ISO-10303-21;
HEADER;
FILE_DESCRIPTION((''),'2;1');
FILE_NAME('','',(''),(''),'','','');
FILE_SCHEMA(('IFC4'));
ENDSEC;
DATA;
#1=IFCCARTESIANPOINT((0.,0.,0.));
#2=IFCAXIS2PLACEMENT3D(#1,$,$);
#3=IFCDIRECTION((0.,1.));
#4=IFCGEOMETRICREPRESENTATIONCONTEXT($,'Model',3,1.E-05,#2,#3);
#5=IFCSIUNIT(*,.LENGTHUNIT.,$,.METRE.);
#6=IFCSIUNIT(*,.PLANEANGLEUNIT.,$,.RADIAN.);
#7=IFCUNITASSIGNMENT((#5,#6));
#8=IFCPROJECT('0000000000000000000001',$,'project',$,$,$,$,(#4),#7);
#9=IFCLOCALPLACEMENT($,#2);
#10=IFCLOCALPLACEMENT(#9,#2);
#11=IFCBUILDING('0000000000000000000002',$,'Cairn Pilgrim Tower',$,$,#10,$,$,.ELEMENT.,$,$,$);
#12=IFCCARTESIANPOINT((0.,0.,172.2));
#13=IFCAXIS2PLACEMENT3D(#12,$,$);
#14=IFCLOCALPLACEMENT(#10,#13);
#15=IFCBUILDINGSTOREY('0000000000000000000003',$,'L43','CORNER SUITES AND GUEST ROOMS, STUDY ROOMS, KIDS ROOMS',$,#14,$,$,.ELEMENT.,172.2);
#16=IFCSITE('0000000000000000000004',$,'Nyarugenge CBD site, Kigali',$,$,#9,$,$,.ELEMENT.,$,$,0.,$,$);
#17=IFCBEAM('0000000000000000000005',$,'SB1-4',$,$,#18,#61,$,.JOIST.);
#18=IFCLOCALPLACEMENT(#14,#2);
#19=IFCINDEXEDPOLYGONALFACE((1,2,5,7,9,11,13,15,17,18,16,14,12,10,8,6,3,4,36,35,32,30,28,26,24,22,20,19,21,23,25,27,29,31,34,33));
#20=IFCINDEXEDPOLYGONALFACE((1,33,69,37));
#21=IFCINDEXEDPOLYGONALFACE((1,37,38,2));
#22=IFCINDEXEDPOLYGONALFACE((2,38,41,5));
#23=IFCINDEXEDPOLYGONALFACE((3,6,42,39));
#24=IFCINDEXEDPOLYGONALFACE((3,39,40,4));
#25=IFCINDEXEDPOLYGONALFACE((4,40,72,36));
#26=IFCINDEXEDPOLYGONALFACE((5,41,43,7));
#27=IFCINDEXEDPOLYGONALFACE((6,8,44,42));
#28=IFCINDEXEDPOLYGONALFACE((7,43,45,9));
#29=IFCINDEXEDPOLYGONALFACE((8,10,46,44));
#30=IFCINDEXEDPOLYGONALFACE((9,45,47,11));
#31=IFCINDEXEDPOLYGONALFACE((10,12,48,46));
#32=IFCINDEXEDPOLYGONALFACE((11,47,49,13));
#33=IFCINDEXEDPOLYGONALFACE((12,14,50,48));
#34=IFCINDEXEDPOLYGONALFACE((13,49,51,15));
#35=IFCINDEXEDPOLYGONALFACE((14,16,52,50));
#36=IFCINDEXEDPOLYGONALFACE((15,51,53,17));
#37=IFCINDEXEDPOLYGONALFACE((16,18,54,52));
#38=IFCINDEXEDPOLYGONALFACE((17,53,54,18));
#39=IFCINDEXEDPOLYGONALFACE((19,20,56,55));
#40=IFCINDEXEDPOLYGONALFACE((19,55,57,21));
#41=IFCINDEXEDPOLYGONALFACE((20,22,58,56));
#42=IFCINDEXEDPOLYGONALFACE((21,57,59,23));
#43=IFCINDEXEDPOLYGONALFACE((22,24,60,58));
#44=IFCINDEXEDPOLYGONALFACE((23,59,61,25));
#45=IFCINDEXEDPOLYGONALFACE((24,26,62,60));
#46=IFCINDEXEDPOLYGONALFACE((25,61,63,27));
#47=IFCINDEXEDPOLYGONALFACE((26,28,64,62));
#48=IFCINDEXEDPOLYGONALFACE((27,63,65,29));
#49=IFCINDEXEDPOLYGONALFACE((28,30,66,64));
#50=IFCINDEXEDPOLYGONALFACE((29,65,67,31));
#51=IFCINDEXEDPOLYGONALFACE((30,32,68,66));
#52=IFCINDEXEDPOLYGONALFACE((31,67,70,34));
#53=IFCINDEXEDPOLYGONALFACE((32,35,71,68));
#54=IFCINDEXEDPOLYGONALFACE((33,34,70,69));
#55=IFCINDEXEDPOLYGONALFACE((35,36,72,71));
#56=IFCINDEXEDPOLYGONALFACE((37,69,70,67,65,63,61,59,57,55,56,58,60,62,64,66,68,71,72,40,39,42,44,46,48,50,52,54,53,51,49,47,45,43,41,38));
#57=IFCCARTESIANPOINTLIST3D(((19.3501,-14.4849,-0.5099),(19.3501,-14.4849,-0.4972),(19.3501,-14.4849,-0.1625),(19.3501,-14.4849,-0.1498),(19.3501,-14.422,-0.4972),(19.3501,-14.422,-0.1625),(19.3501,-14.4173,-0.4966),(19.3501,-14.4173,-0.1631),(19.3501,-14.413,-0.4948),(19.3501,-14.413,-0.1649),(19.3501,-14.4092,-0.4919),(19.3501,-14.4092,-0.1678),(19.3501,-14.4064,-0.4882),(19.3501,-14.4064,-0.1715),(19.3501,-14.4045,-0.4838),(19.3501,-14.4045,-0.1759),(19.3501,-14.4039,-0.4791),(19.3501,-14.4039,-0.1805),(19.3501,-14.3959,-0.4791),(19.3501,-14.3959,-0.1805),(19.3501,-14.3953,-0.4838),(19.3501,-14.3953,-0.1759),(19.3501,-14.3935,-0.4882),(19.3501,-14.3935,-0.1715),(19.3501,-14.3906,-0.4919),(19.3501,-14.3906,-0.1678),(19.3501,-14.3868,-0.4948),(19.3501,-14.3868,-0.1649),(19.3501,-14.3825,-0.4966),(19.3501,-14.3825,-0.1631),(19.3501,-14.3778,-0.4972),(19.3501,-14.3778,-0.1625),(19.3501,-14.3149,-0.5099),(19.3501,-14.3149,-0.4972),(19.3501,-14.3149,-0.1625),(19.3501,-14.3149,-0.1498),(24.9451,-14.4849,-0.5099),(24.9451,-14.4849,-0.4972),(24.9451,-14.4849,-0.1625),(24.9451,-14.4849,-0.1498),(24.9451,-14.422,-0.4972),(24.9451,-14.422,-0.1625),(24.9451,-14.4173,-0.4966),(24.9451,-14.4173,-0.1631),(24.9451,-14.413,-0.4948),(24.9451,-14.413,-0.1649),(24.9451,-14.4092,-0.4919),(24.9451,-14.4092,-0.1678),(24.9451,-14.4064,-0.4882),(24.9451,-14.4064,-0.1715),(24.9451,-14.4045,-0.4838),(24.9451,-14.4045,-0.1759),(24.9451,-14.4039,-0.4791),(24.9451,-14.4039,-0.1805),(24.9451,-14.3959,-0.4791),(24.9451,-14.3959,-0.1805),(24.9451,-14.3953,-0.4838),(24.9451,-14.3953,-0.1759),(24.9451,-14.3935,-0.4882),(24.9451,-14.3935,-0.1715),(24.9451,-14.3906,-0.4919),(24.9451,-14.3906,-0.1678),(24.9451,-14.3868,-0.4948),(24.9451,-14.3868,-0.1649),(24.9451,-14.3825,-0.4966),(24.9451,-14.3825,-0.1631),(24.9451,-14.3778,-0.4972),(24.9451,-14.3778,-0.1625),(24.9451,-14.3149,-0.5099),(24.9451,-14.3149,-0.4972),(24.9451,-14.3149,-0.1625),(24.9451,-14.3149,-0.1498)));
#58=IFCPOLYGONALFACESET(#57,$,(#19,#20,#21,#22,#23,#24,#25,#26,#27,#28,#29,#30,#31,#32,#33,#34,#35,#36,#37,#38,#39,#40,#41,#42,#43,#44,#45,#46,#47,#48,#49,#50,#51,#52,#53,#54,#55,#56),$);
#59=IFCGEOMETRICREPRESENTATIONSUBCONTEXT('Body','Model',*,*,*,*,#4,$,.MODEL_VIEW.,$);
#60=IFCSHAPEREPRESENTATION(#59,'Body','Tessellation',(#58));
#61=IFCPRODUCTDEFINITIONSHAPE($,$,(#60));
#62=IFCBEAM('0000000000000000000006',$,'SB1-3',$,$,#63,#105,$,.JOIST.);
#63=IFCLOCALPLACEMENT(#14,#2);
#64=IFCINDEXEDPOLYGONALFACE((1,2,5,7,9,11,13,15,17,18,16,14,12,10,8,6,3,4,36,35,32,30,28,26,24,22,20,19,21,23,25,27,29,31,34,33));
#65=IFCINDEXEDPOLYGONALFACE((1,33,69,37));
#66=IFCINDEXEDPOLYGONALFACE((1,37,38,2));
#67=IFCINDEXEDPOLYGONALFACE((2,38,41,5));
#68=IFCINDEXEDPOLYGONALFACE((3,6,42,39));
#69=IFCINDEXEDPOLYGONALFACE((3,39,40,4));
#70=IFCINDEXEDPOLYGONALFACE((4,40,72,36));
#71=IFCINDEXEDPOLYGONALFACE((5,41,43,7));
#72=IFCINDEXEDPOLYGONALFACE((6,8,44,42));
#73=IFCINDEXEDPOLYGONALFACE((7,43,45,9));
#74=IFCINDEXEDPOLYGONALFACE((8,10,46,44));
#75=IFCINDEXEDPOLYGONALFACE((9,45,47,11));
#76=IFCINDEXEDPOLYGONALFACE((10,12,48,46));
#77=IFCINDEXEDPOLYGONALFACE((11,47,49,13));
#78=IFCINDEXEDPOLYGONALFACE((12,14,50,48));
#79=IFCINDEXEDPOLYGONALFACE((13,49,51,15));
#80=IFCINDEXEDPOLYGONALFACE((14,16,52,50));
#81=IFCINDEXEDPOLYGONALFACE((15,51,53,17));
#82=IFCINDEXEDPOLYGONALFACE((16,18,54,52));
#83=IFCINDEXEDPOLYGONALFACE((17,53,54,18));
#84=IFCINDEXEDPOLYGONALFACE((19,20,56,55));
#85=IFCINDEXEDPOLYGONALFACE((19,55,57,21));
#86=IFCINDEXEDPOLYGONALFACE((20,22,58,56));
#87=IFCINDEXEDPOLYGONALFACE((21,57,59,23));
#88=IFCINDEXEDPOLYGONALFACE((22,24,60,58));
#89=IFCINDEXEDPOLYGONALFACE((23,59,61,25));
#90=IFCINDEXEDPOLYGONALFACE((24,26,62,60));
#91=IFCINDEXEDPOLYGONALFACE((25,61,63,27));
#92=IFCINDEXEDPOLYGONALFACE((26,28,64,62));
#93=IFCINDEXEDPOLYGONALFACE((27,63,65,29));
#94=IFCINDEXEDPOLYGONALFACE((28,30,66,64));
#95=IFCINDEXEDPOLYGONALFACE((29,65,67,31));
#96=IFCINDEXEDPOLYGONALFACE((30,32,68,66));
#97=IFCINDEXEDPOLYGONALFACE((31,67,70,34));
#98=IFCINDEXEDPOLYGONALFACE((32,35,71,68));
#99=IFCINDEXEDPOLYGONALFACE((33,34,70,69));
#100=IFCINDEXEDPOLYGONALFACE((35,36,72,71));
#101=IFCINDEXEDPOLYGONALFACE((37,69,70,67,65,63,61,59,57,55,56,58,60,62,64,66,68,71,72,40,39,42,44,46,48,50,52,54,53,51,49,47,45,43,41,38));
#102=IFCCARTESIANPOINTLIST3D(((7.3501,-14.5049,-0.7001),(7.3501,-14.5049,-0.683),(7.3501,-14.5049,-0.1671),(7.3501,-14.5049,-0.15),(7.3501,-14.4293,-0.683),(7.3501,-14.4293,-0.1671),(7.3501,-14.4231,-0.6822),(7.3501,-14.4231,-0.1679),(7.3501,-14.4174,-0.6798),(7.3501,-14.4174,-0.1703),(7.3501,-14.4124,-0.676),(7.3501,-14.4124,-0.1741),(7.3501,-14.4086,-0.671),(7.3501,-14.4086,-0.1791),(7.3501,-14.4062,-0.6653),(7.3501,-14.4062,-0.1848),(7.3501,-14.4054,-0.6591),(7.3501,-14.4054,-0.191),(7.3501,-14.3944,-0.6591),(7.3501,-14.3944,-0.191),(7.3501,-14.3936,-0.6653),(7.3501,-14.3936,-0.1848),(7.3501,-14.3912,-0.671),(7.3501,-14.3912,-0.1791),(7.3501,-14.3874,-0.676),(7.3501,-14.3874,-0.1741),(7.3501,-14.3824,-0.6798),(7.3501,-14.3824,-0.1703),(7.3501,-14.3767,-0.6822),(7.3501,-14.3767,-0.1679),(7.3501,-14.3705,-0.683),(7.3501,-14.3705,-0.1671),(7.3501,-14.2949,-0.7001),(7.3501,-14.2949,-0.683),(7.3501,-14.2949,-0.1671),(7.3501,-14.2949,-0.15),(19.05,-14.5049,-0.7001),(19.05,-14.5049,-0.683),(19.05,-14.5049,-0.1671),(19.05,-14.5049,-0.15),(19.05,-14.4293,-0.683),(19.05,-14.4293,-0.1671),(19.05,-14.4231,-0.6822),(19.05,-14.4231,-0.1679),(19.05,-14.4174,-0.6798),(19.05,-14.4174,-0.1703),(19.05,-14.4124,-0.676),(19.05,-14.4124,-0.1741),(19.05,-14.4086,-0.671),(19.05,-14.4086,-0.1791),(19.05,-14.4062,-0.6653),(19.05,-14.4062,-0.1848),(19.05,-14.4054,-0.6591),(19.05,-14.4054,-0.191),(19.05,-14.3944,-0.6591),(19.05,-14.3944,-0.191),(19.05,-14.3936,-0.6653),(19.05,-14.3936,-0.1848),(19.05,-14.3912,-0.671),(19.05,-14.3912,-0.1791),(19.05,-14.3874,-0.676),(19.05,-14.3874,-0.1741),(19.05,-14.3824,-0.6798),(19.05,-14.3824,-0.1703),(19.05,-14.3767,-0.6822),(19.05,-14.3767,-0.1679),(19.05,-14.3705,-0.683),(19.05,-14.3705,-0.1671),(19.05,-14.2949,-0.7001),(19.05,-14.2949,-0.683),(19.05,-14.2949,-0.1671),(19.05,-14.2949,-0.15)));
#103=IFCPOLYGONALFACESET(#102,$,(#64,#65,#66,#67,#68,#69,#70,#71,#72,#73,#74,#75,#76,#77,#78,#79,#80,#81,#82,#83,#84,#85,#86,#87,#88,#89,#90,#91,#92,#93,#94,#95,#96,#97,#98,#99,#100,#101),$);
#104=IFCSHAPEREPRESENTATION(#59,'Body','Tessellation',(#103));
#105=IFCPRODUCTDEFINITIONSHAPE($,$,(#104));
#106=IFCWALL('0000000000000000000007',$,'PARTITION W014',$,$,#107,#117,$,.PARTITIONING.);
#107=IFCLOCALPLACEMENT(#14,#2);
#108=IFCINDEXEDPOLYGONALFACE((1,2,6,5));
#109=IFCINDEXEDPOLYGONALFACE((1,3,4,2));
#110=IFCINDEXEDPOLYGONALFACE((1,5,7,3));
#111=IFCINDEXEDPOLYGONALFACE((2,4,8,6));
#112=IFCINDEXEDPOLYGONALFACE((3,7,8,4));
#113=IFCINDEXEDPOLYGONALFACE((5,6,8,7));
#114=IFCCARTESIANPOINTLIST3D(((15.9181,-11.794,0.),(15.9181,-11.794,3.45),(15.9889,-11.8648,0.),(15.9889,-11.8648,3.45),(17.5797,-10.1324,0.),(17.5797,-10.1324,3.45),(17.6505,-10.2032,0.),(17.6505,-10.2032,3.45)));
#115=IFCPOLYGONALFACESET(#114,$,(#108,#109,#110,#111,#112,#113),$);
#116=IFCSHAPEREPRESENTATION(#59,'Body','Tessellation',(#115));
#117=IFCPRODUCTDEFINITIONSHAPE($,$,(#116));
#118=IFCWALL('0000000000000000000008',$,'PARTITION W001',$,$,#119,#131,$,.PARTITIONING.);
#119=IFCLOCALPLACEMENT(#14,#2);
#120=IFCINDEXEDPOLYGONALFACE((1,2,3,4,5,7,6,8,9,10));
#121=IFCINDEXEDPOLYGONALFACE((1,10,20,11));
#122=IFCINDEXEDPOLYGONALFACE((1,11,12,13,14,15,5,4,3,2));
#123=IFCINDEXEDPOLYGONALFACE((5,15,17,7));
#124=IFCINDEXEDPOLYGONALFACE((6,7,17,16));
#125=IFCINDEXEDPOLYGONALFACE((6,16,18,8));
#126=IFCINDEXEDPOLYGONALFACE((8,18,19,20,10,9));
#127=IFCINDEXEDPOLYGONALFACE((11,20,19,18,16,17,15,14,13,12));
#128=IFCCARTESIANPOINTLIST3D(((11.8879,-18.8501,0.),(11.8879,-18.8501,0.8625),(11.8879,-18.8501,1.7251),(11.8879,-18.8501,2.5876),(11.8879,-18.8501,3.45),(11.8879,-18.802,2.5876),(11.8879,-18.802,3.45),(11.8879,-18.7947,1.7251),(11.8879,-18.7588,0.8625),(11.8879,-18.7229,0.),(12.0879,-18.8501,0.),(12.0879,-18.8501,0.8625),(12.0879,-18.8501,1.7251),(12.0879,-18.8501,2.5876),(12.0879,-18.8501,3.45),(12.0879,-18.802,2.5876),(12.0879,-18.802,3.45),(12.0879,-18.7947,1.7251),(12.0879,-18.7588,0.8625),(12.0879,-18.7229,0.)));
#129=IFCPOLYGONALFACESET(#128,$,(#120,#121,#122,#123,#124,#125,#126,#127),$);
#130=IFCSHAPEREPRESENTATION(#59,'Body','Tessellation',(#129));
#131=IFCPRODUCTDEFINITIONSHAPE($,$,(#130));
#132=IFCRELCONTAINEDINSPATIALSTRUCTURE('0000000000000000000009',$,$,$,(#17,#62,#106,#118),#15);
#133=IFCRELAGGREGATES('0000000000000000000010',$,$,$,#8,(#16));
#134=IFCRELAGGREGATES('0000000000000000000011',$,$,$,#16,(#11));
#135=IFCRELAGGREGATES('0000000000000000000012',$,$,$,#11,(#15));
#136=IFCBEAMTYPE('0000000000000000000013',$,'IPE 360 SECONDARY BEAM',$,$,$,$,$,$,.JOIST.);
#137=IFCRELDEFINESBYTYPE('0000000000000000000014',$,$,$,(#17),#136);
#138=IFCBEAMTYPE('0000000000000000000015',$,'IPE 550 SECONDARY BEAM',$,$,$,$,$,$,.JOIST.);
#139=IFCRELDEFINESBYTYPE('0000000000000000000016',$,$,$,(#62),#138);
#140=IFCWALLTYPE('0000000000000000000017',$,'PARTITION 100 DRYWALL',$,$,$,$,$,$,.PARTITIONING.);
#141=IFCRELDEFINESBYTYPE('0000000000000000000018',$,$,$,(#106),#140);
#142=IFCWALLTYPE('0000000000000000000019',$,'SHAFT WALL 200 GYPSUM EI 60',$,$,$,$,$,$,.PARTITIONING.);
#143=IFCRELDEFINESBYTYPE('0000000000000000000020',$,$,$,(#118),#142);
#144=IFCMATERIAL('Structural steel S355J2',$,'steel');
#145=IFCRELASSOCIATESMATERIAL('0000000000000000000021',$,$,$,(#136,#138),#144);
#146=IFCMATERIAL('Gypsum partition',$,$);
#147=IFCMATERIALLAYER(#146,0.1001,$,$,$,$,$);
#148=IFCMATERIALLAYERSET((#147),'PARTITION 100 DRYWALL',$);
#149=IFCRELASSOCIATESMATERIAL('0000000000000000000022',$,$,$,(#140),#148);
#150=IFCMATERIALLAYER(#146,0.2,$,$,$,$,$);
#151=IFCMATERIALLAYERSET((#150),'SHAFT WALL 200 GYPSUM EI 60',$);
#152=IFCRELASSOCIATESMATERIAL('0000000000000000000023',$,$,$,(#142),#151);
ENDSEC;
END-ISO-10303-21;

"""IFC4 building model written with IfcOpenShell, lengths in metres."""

from ifc_helpers import new_model, si_unit, direction, frame, frame_2d, origin, origin_2d, place, context, subcontext, project, spatial, polyline, rectangle, i_section, outline, extrude, material, layer, layer_set, material_profile, profile_set, type_object, element, save


model = new_model("IFC4")

# Units and contexts
model_context = context("Model", 3, precision=1e-05, world=origin(), true_north=direction((0.0, 1.0)))
body_context = subcontext(model_context, "Body", "Model", "MODEL_VIEW")
ifc_project = project(units=[si_unit("LENGTHUNIT", "METRE"), si_unit("PLANEANGLEUNIT", "RADIAN")], contexts=[model_context])

# Site, building, storey
site_placement = place(None, origin())
site = spatial("IfcSite", under=ifc_project, at=site_placement, Name="Nyarugenge CBD site, Kigali", CompositionType="ELEMENT", RefElevation=0.0)
building_placement = place(site_placement, origin())
building = spatial("IfcBuilding", under=site, at=building_placement, Name="Cairn Pilgrim Tower", CompositionType="ELEMENT")
storey_placement = place(building_placement, frame((0.0, 0.0, 172.2)))
storey = spatial("IfcBuildingStorey", under=building, at=storey_placement, Name="L43", Description="CORNER SUITES AND GUEST ROOMS, STUDY ROOMS, KIDS ROOMS", CompositionType="ELEMENT", Elevation=172.2)

# Beams
ifc_material_1 = material(Name="Structural steel S355J2", Category="steel")
ifc_material_profile_1 = material_profile(ifc_material_1, i_section(OverallWidth=0.1699, OverallDepth=0.3601, WebThickness=0.0081, FlangeThickness=0.0127, FilletRadius=0.0181, at=origin_2d()), Name="IPE 360")
ifc_profile_set_1 = profile_set([ifc_material_profile_1], Name="Structural steel S355J2")
beam_type_1 = type_object("IfcBeamType", Name="IPE 360 SECONDARY BEAM", PredefinedType="JOIST", material=ifc_profile_set_1)
beam_1_placement = place(storey_placement, frame((19.3501, -14.3999, -0.3298), z_axis=(1.0, 0.0, 0.0), x_axis=(0.0, 1.0, 0.0)))
element("IfcBeam", 1, at=beam_1_placement, inside=storey, type_object=beam_type_1, Name="SB1-4", PredefinedType="JOIST", context=body_context, shape_type="SweptSolid", body=[
    extrude(i_section(OverallWidth=0.1699, OverallDepth=0.3601, WebThickness=0.0081, FlangeThickness=0.0127, FilletRadius=0.0181, at=origin_2d()), origin(), (0.0, 0.0, 1.0), 5.595),
])
ifc_material_profile_2 = material_profile(ifc_material_1, i_section(OverallWidth=0.21, OverallDepth=0.55, WebThickness=0.011, FlangeThickness=0.0171, FilletRadius=0.0239, at=origin_2d()), Name="IPE 550")
ifc_profile_set_2 = profile_set([ifc_material_profile_2], Name="Structural steel S355J2")
beam_type_2 = type_object("IfcBeamType", Name="IPE 550 SECONDARY BEAM", PredefinedType="JOIST", material=ifc_profile_set_2)
beam_2_placement = place(storey_placement, frame((7.3501, -14.3999, -0.425), z_axis=(1.0, 0.0, 0.0), x_axis=(0.0, 1.0, 0.0)))
element("IfcBeam", 2, at=beam_2_placement, inside=storey, type_object=beam_type_2, Name="SB1-3", PredefinedType="JOIST", context=body_context, shape_type="SweptSolid", body=[
    extrude(i_section(OverallWidth=0.21, OverallDepth=0.55, WebThickness=0.011, FlangeThickness=0.0171, FilletRadius=0.0239, at=origin_2d()), origin(), (0.0, 0.0, 1.0), 11.7),
])

# Walls
ifc_material_2 = material(Name="Gypsum partition")
ifc_layer_1 = layer(ifc_material_2, 0.1001)
ifc_layer_set_1 = layer_set([ifc_layer_1], Name="PARTITION 100 DRYWALL")
wall_type_1 = type_object("IfcWallType", Name="PARTITION 100 DRYWALL", PredefinedType="PARTITIONING", material=ifc_layer_set_1)
wall_1_placement = place(storey_placement, frame((15.9536, -11.8293, 0.0), z_axis=(0.0, 0.0, 1.0), x_axis=(0.707107, 0.707107, 0.0)))
element("IfcWall", 3, at=wall_1_placement, inside=storey, type_object=wall_type_1, Name="PARTITION W014", PredefinedType="PARTITIONING", context=body_context, shape_type="SweptSolid", body=[
    extrude(rectangle(XDim=2.3499, YDim=0.1001, at=frame_2d((1.1748, 0.0))), origin(), (0.0, 0.0, 1.0), 3.45),
])
ifc_layer_2 = layer(ifc_material_2, 0.2)
ifc_layer_set_2 = layer_set([ifc_layer_2], Name="SHAFT WALL 200 GYPSUM EI 60")
wall_type_2 = type_object("IfcWallType", Name="SHAFT WALL 200 GYPSUM EI 60", PredefinedType="PARTITIONING", material=ifc_layer_set_2)
wall_2_placement = place(storey_placement, frame((11.988, -18.8501, 0.0), z_axis=(0.0, 0.0, 1.0), x_axis=(0.0, 1.0, 0.0)))
element("IfcWall", 4, at=wall_2_placement, inside=storey, type_object=wall_type_2, Name="PARTITION W001", PredefinedType="PARTITIONING", context=body_context, shape_type="SweptSolid", body=[
    extrude(outline(polyline([(0.0, 0.0), (0.1272, 0.0), (0.0913, 0.8625), (0.0554, 1.7251), (0.0481, 2.5876), (0.0481, 3.45), (0.0, 3.45), (0.0, 2.5876), (0.0, 1.7251), (0.0, 0.8625), (0.0, 0.0)])), frame((0.0, 0.1001, 0.0), z_axis=(0.0, -1.0, 0.0), x_axis=(1.0, 0.0, 0.0)), (0.0, 0.0, 1.0), 0.2),
])

save(model, "model.ifc")
